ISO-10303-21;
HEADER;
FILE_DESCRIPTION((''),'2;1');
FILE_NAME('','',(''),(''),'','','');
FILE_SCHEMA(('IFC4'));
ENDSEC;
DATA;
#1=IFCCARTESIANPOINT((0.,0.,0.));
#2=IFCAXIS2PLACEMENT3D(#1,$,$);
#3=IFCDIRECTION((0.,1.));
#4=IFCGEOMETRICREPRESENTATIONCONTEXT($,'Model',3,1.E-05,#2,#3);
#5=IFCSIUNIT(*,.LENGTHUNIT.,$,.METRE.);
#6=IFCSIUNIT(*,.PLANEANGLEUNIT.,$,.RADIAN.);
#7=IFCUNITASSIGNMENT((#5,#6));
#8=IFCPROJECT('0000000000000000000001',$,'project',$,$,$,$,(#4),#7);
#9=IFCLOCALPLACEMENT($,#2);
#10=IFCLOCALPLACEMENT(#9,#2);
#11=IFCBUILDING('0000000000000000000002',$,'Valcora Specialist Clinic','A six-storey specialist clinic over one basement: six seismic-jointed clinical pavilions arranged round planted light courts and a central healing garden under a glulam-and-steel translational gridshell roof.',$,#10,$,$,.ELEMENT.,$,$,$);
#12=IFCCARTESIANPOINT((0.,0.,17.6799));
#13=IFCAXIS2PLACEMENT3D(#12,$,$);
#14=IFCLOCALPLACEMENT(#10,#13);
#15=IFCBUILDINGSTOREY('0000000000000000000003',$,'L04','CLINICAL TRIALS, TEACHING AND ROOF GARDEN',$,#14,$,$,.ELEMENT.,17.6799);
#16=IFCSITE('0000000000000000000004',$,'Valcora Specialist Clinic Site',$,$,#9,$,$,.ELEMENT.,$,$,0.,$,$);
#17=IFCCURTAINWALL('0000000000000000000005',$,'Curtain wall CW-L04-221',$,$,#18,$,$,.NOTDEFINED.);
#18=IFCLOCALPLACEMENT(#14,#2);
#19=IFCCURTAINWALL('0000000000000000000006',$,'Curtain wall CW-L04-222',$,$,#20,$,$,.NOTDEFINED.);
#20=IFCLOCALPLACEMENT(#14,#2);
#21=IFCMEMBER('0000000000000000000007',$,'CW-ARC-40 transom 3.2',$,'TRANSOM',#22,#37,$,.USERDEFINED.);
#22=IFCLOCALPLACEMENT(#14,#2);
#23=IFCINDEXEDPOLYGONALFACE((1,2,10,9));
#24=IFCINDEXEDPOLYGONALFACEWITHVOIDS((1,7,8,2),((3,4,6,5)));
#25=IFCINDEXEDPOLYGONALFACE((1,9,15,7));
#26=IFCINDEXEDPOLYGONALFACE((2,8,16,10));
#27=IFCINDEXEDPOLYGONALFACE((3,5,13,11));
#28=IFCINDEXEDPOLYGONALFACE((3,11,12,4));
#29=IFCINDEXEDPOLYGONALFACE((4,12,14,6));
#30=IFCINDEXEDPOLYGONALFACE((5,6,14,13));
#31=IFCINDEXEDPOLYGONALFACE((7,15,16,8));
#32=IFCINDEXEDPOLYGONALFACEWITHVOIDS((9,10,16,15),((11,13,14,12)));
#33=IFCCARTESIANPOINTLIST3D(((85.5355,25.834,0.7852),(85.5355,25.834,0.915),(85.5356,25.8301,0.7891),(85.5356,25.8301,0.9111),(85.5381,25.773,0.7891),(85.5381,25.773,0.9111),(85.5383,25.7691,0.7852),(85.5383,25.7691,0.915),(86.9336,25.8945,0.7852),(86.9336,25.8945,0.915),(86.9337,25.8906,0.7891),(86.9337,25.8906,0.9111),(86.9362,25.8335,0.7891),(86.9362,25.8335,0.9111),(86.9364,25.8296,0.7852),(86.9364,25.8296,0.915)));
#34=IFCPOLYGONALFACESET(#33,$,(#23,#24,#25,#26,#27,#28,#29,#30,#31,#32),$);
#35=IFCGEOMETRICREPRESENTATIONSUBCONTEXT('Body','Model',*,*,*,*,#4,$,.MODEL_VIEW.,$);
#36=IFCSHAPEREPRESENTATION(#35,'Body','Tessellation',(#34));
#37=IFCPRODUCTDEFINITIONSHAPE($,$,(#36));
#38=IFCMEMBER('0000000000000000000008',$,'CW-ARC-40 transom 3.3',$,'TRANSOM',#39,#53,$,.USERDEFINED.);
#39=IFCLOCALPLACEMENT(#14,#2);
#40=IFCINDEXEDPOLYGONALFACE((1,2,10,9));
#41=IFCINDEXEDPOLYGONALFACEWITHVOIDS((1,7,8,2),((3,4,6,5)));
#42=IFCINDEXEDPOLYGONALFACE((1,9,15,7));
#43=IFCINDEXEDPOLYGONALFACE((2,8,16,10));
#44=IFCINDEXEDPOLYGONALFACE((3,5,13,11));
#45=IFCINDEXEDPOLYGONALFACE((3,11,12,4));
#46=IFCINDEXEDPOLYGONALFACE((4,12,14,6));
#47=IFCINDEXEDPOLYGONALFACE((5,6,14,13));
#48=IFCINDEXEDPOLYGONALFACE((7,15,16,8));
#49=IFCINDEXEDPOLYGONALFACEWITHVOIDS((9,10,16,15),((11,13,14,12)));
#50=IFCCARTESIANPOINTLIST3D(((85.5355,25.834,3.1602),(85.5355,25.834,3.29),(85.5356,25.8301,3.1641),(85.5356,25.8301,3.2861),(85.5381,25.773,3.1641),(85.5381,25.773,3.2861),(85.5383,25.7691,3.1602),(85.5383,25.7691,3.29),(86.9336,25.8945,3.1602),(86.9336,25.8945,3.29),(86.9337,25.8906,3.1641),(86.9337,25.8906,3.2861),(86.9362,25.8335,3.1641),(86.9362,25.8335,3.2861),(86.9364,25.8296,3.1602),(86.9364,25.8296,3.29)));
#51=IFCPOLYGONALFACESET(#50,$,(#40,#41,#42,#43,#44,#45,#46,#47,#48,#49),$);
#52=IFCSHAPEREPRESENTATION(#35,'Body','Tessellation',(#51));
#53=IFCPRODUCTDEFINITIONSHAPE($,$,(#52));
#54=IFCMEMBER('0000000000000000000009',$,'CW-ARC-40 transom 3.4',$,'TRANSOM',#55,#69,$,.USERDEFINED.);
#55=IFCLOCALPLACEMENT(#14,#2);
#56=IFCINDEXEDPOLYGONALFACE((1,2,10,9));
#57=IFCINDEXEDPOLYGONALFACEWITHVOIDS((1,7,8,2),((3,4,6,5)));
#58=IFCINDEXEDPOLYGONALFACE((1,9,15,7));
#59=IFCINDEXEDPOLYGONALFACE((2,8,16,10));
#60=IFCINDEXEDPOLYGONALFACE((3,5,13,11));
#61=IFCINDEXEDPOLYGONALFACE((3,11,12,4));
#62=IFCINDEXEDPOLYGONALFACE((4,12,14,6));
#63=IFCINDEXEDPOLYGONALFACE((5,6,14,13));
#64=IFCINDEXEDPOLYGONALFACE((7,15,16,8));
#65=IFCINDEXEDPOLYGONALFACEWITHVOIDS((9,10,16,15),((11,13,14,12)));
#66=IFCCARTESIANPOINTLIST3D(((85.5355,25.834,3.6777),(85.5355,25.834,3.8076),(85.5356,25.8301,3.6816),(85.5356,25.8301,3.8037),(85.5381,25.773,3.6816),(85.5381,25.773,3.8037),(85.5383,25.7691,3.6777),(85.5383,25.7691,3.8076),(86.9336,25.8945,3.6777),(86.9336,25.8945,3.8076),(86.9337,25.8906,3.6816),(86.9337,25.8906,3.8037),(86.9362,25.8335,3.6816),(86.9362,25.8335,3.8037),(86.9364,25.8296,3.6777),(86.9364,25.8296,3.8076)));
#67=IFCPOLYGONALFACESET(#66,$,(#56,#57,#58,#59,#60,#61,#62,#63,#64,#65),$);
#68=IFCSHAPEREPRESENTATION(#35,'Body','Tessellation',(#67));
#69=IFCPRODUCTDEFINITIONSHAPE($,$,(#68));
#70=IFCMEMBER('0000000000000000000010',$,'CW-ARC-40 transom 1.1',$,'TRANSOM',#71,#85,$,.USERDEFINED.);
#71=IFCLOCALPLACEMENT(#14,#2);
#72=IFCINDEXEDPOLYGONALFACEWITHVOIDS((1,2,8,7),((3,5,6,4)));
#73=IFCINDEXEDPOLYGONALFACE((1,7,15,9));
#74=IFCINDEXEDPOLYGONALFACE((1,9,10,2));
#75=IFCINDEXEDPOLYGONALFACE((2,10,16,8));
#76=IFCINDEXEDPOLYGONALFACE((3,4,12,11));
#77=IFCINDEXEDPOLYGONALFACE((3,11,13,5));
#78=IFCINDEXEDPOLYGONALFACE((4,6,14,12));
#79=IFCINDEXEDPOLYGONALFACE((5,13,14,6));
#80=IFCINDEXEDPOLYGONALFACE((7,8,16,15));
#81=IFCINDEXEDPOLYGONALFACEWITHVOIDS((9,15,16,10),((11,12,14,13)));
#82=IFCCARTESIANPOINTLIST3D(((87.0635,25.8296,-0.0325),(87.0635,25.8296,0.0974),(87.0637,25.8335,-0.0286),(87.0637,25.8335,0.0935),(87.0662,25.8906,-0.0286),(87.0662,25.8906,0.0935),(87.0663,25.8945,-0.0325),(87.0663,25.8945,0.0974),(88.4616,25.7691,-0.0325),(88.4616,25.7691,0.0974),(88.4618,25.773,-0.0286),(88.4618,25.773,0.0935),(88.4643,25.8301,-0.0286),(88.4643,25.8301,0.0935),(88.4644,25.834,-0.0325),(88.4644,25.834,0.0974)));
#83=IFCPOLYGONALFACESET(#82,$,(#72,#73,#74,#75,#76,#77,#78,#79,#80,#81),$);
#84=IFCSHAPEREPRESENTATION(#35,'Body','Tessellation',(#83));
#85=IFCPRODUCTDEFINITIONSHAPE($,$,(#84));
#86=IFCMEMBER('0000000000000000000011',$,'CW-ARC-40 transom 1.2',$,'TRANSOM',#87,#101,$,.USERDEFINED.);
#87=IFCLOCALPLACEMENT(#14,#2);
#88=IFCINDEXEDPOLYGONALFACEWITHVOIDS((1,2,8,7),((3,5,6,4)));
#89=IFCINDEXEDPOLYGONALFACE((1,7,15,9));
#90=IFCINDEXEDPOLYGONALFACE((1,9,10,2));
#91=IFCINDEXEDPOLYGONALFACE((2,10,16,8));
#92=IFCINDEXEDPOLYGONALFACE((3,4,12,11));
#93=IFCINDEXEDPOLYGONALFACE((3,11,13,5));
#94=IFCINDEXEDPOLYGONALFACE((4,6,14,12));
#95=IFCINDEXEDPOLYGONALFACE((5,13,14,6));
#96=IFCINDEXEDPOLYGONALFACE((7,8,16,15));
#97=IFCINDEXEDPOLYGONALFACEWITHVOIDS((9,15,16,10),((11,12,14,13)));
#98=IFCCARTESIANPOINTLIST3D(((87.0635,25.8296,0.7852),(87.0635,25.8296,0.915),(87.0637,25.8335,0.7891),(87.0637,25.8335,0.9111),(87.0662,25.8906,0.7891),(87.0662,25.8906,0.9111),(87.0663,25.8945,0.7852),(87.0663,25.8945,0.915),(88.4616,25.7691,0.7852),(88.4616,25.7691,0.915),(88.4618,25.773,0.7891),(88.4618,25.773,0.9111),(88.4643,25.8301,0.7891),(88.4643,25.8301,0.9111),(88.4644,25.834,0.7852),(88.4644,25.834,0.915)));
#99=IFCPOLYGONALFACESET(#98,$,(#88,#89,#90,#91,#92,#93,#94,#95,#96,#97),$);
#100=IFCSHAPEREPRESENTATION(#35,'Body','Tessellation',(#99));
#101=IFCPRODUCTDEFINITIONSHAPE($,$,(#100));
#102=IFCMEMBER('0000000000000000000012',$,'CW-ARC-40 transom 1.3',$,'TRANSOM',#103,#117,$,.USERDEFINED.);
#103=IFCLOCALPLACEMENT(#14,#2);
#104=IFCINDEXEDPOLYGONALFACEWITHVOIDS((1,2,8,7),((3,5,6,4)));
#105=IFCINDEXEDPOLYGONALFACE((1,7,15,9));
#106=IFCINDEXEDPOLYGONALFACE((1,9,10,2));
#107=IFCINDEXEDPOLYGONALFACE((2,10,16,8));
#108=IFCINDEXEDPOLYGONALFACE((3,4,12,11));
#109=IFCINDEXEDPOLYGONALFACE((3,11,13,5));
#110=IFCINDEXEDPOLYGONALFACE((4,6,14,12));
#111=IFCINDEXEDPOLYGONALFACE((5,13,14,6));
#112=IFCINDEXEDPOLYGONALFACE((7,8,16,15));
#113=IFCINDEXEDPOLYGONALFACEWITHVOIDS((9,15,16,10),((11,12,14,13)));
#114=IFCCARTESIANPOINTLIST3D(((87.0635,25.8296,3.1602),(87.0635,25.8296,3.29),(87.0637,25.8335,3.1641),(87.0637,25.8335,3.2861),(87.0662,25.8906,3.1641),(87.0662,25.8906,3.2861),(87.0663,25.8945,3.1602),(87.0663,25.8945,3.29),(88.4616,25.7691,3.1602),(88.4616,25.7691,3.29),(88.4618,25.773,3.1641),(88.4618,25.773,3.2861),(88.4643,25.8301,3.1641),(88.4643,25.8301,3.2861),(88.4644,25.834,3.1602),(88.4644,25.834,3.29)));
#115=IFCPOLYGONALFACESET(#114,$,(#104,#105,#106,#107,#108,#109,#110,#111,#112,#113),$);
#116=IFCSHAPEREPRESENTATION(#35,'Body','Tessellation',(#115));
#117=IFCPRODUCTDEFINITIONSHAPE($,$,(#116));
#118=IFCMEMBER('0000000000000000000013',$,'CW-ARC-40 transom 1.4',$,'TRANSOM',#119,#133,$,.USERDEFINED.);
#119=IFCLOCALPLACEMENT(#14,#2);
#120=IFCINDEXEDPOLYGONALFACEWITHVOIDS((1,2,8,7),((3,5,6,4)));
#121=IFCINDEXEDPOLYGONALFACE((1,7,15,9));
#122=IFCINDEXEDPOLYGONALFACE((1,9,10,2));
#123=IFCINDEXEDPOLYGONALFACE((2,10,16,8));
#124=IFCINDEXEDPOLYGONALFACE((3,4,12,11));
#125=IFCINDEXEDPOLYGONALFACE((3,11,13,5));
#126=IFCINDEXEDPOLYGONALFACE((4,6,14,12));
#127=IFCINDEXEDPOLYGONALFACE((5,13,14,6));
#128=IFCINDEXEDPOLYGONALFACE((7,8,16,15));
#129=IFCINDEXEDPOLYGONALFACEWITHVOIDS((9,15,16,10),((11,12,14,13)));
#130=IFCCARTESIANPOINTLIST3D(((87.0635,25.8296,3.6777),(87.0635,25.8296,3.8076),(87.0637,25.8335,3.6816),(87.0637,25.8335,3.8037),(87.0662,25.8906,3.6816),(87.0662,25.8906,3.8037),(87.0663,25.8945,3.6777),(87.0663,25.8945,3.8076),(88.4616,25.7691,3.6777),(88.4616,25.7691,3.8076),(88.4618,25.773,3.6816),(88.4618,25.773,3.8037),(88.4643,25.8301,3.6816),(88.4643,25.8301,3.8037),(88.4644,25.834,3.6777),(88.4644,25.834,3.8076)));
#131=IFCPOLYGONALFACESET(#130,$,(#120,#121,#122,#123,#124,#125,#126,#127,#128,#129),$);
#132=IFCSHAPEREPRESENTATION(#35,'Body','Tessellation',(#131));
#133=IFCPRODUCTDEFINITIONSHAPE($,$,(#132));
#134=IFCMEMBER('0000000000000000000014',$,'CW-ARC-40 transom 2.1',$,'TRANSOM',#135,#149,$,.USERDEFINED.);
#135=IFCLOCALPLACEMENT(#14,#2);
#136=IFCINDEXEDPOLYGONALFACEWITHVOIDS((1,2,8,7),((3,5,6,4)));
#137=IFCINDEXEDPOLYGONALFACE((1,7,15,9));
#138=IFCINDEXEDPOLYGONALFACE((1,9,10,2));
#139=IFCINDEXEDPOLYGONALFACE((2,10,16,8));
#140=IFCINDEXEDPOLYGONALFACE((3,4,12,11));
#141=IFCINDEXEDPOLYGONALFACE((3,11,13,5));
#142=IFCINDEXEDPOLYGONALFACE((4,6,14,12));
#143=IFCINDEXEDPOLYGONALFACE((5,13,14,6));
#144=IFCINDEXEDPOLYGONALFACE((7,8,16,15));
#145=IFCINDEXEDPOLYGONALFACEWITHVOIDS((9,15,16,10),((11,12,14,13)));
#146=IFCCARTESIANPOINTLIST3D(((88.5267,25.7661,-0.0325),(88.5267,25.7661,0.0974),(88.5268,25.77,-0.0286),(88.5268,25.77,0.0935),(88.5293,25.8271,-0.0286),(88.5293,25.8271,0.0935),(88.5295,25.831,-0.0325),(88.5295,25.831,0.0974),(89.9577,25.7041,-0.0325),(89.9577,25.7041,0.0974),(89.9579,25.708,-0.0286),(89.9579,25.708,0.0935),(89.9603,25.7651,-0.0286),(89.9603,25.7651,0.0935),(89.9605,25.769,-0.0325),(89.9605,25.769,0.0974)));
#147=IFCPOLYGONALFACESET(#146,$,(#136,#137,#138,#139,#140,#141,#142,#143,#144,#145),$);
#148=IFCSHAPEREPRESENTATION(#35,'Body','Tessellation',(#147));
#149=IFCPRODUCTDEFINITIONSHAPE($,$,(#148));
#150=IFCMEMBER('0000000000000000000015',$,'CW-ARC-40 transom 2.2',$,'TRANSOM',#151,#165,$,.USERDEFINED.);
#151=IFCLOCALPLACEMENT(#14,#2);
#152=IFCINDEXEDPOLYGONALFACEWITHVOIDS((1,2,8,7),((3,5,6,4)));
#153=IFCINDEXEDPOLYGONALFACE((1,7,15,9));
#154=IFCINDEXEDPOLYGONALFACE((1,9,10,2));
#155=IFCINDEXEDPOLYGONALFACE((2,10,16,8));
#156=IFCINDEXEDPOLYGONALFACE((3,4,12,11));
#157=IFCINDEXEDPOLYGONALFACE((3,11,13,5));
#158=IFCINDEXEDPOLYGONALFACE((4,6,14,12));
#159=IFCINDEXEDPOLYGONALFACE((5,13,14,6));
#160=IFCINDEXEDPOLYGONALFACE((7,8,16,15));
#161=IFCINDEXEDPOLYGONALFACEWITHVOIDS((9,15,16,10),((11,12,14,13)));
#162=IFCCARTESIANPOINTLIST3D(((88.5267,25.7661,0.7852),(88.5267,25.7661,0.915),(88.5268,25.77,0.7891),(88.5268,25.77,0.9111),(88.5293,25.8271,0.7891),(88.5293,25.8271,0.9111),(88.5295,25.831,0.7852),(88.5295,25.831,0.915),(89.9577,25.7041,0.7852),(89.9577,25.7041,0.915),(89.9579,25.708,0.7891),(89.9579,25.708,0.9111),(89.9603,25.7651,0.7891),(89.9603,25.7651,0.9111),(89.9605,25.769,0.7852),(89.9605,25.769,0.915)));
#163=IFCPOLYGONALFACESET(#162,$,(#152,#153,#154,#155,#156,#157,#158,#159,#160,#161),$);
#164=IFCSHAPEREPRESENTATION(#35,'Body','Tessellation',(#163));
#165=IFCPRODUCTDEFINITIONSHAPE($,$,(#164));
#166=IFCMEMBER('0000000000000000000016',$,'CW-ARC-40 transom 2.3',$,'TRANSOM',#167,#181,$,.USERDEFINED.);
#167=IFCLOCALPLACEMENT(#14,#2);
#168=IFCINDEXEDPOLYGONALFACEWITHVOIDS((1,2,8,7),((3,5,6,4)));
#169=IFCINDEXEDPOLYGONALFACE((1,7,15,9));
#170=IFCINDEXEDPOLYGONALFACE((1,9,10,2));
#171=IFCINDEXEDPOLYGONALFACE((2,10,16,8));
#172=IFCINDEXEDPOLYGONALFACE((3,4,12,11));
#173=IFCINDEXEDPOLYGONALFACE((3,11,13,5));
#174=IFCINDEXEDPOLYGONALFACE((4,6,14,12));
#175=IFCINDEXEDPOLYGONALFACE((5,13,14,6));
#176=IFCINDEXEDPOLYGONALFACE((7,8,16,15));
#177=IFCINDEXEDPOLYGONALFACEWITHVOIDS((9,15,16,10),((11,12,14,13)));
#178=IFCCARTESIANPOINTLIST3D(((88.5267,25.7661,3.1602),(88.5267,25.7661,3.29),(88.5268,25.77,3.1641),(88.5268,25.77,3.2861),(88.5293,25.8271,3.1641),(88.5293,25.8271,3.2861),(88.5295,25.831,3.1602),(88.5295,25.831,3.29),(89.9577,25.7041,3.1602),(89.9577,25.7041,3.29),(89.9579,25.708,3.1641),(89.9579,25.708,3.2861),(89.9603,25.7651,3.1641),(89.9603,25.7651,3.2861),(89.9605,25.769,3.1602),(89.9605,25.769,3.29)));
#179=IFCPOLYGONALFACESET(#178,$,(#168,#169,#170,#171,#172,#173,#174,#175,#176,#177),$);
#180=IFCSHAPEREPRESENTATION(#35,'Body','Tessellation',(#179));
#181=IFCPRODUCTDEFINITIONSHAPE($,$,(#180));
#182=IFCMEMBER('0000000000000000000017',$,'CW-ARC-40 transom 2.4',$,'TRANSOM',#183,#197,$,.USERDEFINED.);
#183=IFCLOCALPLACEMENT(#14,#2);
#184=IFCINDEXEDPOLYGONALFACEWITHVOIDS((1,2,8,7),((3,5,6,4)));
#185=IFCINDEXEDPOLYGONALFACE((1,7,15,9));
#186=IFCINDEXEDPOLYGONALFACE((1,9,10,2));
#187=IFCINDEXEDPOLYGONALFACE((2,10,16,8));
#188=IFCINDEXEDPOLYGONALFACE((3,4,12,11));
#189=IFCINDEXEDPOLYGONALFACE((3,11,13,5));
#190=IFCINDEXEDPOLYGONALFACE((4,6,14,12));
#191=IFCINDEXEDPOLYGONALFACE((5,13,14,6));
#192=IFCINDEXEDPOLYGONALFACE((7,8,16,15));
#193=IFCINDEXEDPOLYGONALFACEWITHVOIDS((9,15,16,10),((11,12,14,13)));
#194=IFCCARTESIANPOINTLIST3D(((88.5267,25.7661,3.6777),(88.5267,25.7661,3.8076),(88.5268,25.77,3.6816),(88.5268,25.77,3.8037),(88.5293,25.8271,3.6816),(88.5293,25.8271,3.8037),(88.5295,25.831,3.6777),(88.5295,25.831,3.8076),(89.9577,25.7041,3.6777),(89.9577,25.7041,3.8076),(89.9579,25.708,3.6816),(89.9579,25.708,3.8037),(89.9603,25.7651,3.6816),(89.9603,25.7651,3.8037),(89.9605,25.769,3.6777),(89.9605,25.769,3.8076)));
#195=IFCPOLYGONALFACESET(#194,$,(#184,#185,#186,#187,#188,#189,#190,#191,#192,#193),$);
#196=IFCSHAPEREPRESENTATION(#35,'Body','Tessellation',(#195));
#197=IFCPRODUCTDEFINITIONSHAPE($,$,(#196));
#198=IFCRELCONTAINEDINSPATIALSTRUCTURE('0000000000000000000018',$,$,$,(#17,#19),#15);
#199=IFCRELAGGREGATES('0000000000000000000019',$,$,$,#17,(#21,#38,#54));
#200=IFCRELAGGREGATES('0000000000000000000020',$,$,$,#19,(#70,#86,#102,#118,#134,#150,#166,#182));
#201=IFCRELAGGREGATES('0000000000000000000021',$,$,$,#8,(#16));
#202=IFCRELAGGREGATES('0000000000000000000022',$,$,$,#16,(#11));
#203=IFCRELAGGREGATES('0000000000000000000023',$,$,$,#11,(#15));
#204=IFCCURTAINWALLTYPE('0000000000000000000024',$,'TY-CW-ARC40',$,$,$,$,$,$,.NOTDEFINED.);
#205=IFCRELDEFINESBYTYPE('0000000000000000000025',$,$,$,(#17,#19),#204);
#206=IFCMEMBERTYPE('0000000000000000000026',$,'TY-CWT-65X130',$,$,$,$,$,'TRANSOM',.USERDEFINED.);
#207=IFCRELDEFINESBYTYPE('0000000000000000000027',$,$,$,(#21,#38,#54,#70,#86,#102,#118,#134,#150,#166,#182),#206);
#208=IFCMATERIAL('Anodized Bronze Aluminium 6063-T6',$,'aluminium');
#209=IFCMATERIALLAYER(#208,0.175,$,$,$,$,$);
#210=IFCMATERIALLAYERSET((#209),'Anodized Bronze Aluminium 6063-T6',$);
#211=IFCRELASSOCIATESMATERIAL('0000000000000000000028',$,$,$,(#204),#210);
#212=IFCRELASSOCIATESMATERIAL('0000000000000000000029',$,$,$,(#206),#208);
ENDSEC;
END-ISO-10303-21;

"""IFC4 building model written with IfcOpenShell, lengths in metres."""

from ifc_helpers import new_model, si_unit, direction, frame, origin, origin_2d, place, context, subcontext, project, spatial, hollow_rectangle, extrude, material, layer, layer_set, material_profile, profile_set, type_object, element, aggregate, save


model = new_model("IFC4")

# Units and contexts
model_context = context("Model", 3, precision=1e-05, world=origin(), true_north=direction((0.0, 1.0)))
body_context = subcontext(model_context, "Body", "Model", "MODEL_VIEW")
ifc_project = project(units=[si_unit("LENGTHUNIT", "METRE"), si_unit("PLANEANGLEUNIT", "RADIAN")], contexts=[model_context])

# Site, building, storey
site_placement = place(None, origin())
site = spatial("IfcSite", under=ifc_project, at=site_placement, Name="Valcora Specialist Clinic Site", CompositionType="ELEMENT", RefElevation=0.0)
building_placement = place(site_placement, origin())
building = spatial("IfcBuilding", under=site, at=building_placement, Name="Valcora Specialist Clinic", Description="A six-storey specialist clinic over one basement: six seismic-jointed clinical pavilions arranged round planted light courts and a central healing garden under a glulam-and-steel translational gridshell roof.", CompositionType="ELEMENT")
storey_placement = place(building_placement, frame((0.0, 0.0, 17.6799)))
storey = spatial("IfcBuildingStorey", under=building, at=storey_placement, Name="L04", Description="CLINICAL TRIALS, TEACHING AND ROOF GARDEN", CompositionType="ELEMENT", Elevation=17.6799)

# Curtain walls
ifc_material_1 = material(Name="Anodized Bronze Aluminium 6063-T6", Category="aluminium")
ifc_layer_1 = layer(ifc_material_1, 0.175)
ifc_layer_set_1 = layer_set([ifc_layer_1], Name="Anodized Bronze Aluminium 6063-T6")
curtain_wall_type = type_object("IfcCurtainWallType", Name="TY-CW-ARC40", PredefinedType="NOTDEFINED", material=ifc_layer_set_1)
curtain_wall_1_placement = place(storey_placement, origin())
curtain_wall_1 = element("IfcCurtainWall", 1, at=curtain_wall_1_placement, inside=storey, type_object=curtain_wall_type, Name="Curtain wall CW-L04-221", PredefinedType="NOTDEFINED")
curtain_wall_2_placement = place(storey_placement, origin())
curtain_wall_2 = element("IfcCurtainWall", 2, at=curtain_wall_2_placement, inside=storey, type_object=curtain_wall_type, Name="Curtain wall CW-L04-222", PredefinedType="NOTDEFINED")

# Members
ifc_material_profile_1 = material_profile(ifc_material_1, hollow_rectangle(XDim=0.0649, YDim=0.1299, WallThickness=0.0039, at=origin_2d()), Name="AL-TRN-65X130")
ifc_profile_set_1 = profile_set([ifc_material_profile_1], Name="Anodized Bronze Aluminium 6063-T6")
member_type_1 = type_object("IfcMemberType", Name="TY-CWT-65X130", ElementType="TRANSOM", PredefinedType="USERDEFINED", material=ifc_profile_set_1)
member_1_placement = place(storey_placement, frame((85.5369, 25.8015, 0.8501), z_axis=(0.999064, 0.043263, 0.0), x_axis=(-0.043263, 0.999064, 0.0)))
member_1 = element("IfcMember", 3, at=member_1_placement, type_object=member_type_1, Name="CW-ARC-40 transom 3.2", ObjectType="TRANSOM", PredefinedType="USERDEFINED", context=body_context, shape_type="SweptSolid", body=[
    extrude(hollow_rectangle(XDim=0.0649, YDim=0.1299, WallThickness=0.0039, at=origin_2d()), origin(), (0.0, 0.0, 1.0), 1.3994),
])
member_2_placement = place(storey_placement, frame((85.5369, 25.8015, 3.2251), z_axis=(0.999064, 0.043263, 0.0), x_axis=(-0.043263, 0.999064, 0.0)))
member_2 = element("IfcMember", 4, at=member_2_placement, type_object=member_type_1, Name="CW-ARC-40 transom 3.3", ObjectType="TRANSOM", PredefinedType="USERDEFINED", context=body_context, shape_type="SweptSolid", body=[
    extrude(hollow_rectangle(XDim=0.0649, YDim=0.1299, WallThickness=0.0039, at=origin_2d()), origin(), (0.0, 0.0, 1.0), 1.3994),
])
member_3_placement = place(storey_placement, frame((85.5369, 25.8015, 3.7427), z_axis=(0.999064, 0.043263, 0.0), x_axis=(-0.043263, 0.999064, 0.0)))
member_3 = element("IfcMember", 5, at=member_3_placement, type_object=member_type_1, Name="CW-ARC-40 transom 3.4", ObjectType="TRANSOM", PredefinedType="USERDEFINED", context=body_context, shape_type="SweptSolid", body=[
    extrude(hollow_rectangle(XDim=0.0649, YDim=0.1299, WallThickness=0.0039, at=origin_2d()), origin(), (0.0, 0.0, 1.0), 1.3994),
])
member_4_placement = place(storey_placement, frame((87.0649, 25.8621, 0.0325), z_axis=(0.999064, -0.043263, 0.0), x_axis=(0.043263, 0.999064, 0.0)))
member_4 = element("IfcMember", 6, at=member_4_placement, type_object=member_type_1, Name="CW-ARC-40 transom 1.1", ObjectType="TRANSOM", PredefinedType="USERDEFINED", context=body_context, shape_type="SweptSolid", body=[
    extrude(hollow_rectangle(XDim=0.0649, YDim=0.1299, WallThickness=0.0039, at=origin_2d()), origin(), (0.0, 0.0, 1.0), 1.3994),
])
member_5_placement = place(storey_placement, frame((87.0649, 25.8621, 0.8501), z_axis=(0.999064, -0.043263, 0.0), x_axis=(0.043263, 0.999064, 0.0)))
member_5 = element("IfcMember", 7, at=member_5_placement, type_object=member_type_1, Name="CW-ARC-40 transom 1.2", ObjectType="TRANSOM", PredefinedType="USERDEFINED", context=body_context, shape_type="SweptSolid", body=[
    extrude(hollow_rectangle(XDim=0.0649, YDim=0.1299, WallThickness=0.0039, at=origin_2d()), origin(), (0.0, 0.0, 1.0), 1.3994),
])
member_6_placement = place(storey_placement, frame((87.0649, 25.8621, 3.2251), z_axis=(0.999064, -0.043263, 0.0), x_axis=(0.043263, 0.999064, 0.0)))
member_6 = element("IfcMember", 8, at=member_6_placement, type_object=member_type_1, Name="CW-ARC-40 transom 1.3", ObjectType="TRANSOM", PredefinedType="USERDEFINED", context=body_context, shape_type="SweptSolid", body=[
    extrude(hollow_rectangle(XDim=0.0649, YDim=0.1299, WallThickness=0.0039, at=origin_2d()), origin(), (0.0, 0.0, 1.0), 1.3994),
])
member_7_placement = place(storey_placement, frame((87.0649, 25.8621, 3.7427), z_axis=(0.999064, -0.043263, 0.0), x_axis=(0.043263, 0.999064, 0.0)))
member_7 = element("IfcMember", 9, at=member_7_placement, type_object=member_type_1, Name="CW-ARC-40 transom 1.4", ObjectType="TRANSOM", PredefinedType="USERDEFINED", context=body_context, shape_type="SweptSolid", body=[
    extrude(hollow_rectangle(XDim=0.0649, YDim=0.1299, WallThickness=0.0039, at=origin_2d()), origin(), (0.0, 0.0, 1.0), 1.3994),
])
member_8_placement = place(storey_placement, frame((88.5281, 25.7986, 0.0325), z_axis=(0.999062, -0.043297, 0.0), x_axis=(0.043297, 0.999062, 0.0)))
member_8 = element("IfcMember", 10, at=member_8_placement, type_object=member_type_1, Name="CW-ARC-40 transom 2.1", ObjectType="TRANSOM", PredefinedType="USERDEFINED", context=body_context, shape_type="SweptSolid", body=[
    extrude(hollow_rectangle(XDim=0.0649, YDim=0.1299, WallThickness=0.0039, at=origin_2d()), origin(), (0.0, 0.0, 1.0), 1.4324),
])
member_9_placement = place(storey_placement, frame((88.5281, 25.7986, 0.8501), z_axis=(0.999062, -0.043297, 0.0), x_axis=(0.043297, 0.999062, 0.0)))
member_9 = element("IfcMember", 11, at=member_9_placement, type_object=member_type_1, Name="CW-ARC-40 transom 2.2", ObjectType="TRANSOM", PredefinedType="USERDEFINED", context=body_context, shape_type="SweptSolid", body=[
    extrude(hollow_rectangle(XDim=0.0649, YDim=0.1299, WallThickness=0.0039, at=origin_2d()), origin(), (0.0, 0.0, 1.0), 1.4324),
])
member_10_placement = place(storey_placement, frame((88.5281, 25.7986, 3.2251), z_axis=(0.999062, -0.043297, 0.0), x_axis=(0.043297, 0.999062, 0.0)))
member_10 = element("IfcMember", 12, at=member_10_placement, type_object=member_type_1, Name="CW-ARC-40 transom 2.3", ObjectType="TRANSOM", PredefinedType="USERDEFINED", context=body_context, shape_type="SweptSolid", body=[
    extrude(hollow_rectangle(XDim=0.0649, YDim=0.1299, WallThickness=0.0039, at=origin_2d()), origin(), (0.0, 0.0, 1.0), 1.4324),
])
member_11_placement = place(storey_placement, frame((88.5281, 25.7986, 3.7427), z_axis=(0.999062, -0.043297, 0.0), x_axis=(0.043297, 0.999062, 0.0)))
member_11 = element("IfcMember", 13, at=member_11_placement, type_object=member_type_1, Name="CW-ARC-40 transom 2.4", ObjectType="TRANSOM", PredefinedType="USERDEFINED", context=body_context, shape_type="SweptSolid", body=[
    extrude(hollow_rectangle(XDim=0.0649, YDim=0.1299, WallThickness=0.0039, at=origin_2d()), origin(), (0.0, 0.0, 1.0), 1.4324),
])

aggregate(curtain_wall_1, [member_1, member_2, member_3])
aggregate(curtain_wall_2, [member_4, member_5, member_6, member_7, member_8, member_9, member_10, member_11])

save(model, "model.ifc")
